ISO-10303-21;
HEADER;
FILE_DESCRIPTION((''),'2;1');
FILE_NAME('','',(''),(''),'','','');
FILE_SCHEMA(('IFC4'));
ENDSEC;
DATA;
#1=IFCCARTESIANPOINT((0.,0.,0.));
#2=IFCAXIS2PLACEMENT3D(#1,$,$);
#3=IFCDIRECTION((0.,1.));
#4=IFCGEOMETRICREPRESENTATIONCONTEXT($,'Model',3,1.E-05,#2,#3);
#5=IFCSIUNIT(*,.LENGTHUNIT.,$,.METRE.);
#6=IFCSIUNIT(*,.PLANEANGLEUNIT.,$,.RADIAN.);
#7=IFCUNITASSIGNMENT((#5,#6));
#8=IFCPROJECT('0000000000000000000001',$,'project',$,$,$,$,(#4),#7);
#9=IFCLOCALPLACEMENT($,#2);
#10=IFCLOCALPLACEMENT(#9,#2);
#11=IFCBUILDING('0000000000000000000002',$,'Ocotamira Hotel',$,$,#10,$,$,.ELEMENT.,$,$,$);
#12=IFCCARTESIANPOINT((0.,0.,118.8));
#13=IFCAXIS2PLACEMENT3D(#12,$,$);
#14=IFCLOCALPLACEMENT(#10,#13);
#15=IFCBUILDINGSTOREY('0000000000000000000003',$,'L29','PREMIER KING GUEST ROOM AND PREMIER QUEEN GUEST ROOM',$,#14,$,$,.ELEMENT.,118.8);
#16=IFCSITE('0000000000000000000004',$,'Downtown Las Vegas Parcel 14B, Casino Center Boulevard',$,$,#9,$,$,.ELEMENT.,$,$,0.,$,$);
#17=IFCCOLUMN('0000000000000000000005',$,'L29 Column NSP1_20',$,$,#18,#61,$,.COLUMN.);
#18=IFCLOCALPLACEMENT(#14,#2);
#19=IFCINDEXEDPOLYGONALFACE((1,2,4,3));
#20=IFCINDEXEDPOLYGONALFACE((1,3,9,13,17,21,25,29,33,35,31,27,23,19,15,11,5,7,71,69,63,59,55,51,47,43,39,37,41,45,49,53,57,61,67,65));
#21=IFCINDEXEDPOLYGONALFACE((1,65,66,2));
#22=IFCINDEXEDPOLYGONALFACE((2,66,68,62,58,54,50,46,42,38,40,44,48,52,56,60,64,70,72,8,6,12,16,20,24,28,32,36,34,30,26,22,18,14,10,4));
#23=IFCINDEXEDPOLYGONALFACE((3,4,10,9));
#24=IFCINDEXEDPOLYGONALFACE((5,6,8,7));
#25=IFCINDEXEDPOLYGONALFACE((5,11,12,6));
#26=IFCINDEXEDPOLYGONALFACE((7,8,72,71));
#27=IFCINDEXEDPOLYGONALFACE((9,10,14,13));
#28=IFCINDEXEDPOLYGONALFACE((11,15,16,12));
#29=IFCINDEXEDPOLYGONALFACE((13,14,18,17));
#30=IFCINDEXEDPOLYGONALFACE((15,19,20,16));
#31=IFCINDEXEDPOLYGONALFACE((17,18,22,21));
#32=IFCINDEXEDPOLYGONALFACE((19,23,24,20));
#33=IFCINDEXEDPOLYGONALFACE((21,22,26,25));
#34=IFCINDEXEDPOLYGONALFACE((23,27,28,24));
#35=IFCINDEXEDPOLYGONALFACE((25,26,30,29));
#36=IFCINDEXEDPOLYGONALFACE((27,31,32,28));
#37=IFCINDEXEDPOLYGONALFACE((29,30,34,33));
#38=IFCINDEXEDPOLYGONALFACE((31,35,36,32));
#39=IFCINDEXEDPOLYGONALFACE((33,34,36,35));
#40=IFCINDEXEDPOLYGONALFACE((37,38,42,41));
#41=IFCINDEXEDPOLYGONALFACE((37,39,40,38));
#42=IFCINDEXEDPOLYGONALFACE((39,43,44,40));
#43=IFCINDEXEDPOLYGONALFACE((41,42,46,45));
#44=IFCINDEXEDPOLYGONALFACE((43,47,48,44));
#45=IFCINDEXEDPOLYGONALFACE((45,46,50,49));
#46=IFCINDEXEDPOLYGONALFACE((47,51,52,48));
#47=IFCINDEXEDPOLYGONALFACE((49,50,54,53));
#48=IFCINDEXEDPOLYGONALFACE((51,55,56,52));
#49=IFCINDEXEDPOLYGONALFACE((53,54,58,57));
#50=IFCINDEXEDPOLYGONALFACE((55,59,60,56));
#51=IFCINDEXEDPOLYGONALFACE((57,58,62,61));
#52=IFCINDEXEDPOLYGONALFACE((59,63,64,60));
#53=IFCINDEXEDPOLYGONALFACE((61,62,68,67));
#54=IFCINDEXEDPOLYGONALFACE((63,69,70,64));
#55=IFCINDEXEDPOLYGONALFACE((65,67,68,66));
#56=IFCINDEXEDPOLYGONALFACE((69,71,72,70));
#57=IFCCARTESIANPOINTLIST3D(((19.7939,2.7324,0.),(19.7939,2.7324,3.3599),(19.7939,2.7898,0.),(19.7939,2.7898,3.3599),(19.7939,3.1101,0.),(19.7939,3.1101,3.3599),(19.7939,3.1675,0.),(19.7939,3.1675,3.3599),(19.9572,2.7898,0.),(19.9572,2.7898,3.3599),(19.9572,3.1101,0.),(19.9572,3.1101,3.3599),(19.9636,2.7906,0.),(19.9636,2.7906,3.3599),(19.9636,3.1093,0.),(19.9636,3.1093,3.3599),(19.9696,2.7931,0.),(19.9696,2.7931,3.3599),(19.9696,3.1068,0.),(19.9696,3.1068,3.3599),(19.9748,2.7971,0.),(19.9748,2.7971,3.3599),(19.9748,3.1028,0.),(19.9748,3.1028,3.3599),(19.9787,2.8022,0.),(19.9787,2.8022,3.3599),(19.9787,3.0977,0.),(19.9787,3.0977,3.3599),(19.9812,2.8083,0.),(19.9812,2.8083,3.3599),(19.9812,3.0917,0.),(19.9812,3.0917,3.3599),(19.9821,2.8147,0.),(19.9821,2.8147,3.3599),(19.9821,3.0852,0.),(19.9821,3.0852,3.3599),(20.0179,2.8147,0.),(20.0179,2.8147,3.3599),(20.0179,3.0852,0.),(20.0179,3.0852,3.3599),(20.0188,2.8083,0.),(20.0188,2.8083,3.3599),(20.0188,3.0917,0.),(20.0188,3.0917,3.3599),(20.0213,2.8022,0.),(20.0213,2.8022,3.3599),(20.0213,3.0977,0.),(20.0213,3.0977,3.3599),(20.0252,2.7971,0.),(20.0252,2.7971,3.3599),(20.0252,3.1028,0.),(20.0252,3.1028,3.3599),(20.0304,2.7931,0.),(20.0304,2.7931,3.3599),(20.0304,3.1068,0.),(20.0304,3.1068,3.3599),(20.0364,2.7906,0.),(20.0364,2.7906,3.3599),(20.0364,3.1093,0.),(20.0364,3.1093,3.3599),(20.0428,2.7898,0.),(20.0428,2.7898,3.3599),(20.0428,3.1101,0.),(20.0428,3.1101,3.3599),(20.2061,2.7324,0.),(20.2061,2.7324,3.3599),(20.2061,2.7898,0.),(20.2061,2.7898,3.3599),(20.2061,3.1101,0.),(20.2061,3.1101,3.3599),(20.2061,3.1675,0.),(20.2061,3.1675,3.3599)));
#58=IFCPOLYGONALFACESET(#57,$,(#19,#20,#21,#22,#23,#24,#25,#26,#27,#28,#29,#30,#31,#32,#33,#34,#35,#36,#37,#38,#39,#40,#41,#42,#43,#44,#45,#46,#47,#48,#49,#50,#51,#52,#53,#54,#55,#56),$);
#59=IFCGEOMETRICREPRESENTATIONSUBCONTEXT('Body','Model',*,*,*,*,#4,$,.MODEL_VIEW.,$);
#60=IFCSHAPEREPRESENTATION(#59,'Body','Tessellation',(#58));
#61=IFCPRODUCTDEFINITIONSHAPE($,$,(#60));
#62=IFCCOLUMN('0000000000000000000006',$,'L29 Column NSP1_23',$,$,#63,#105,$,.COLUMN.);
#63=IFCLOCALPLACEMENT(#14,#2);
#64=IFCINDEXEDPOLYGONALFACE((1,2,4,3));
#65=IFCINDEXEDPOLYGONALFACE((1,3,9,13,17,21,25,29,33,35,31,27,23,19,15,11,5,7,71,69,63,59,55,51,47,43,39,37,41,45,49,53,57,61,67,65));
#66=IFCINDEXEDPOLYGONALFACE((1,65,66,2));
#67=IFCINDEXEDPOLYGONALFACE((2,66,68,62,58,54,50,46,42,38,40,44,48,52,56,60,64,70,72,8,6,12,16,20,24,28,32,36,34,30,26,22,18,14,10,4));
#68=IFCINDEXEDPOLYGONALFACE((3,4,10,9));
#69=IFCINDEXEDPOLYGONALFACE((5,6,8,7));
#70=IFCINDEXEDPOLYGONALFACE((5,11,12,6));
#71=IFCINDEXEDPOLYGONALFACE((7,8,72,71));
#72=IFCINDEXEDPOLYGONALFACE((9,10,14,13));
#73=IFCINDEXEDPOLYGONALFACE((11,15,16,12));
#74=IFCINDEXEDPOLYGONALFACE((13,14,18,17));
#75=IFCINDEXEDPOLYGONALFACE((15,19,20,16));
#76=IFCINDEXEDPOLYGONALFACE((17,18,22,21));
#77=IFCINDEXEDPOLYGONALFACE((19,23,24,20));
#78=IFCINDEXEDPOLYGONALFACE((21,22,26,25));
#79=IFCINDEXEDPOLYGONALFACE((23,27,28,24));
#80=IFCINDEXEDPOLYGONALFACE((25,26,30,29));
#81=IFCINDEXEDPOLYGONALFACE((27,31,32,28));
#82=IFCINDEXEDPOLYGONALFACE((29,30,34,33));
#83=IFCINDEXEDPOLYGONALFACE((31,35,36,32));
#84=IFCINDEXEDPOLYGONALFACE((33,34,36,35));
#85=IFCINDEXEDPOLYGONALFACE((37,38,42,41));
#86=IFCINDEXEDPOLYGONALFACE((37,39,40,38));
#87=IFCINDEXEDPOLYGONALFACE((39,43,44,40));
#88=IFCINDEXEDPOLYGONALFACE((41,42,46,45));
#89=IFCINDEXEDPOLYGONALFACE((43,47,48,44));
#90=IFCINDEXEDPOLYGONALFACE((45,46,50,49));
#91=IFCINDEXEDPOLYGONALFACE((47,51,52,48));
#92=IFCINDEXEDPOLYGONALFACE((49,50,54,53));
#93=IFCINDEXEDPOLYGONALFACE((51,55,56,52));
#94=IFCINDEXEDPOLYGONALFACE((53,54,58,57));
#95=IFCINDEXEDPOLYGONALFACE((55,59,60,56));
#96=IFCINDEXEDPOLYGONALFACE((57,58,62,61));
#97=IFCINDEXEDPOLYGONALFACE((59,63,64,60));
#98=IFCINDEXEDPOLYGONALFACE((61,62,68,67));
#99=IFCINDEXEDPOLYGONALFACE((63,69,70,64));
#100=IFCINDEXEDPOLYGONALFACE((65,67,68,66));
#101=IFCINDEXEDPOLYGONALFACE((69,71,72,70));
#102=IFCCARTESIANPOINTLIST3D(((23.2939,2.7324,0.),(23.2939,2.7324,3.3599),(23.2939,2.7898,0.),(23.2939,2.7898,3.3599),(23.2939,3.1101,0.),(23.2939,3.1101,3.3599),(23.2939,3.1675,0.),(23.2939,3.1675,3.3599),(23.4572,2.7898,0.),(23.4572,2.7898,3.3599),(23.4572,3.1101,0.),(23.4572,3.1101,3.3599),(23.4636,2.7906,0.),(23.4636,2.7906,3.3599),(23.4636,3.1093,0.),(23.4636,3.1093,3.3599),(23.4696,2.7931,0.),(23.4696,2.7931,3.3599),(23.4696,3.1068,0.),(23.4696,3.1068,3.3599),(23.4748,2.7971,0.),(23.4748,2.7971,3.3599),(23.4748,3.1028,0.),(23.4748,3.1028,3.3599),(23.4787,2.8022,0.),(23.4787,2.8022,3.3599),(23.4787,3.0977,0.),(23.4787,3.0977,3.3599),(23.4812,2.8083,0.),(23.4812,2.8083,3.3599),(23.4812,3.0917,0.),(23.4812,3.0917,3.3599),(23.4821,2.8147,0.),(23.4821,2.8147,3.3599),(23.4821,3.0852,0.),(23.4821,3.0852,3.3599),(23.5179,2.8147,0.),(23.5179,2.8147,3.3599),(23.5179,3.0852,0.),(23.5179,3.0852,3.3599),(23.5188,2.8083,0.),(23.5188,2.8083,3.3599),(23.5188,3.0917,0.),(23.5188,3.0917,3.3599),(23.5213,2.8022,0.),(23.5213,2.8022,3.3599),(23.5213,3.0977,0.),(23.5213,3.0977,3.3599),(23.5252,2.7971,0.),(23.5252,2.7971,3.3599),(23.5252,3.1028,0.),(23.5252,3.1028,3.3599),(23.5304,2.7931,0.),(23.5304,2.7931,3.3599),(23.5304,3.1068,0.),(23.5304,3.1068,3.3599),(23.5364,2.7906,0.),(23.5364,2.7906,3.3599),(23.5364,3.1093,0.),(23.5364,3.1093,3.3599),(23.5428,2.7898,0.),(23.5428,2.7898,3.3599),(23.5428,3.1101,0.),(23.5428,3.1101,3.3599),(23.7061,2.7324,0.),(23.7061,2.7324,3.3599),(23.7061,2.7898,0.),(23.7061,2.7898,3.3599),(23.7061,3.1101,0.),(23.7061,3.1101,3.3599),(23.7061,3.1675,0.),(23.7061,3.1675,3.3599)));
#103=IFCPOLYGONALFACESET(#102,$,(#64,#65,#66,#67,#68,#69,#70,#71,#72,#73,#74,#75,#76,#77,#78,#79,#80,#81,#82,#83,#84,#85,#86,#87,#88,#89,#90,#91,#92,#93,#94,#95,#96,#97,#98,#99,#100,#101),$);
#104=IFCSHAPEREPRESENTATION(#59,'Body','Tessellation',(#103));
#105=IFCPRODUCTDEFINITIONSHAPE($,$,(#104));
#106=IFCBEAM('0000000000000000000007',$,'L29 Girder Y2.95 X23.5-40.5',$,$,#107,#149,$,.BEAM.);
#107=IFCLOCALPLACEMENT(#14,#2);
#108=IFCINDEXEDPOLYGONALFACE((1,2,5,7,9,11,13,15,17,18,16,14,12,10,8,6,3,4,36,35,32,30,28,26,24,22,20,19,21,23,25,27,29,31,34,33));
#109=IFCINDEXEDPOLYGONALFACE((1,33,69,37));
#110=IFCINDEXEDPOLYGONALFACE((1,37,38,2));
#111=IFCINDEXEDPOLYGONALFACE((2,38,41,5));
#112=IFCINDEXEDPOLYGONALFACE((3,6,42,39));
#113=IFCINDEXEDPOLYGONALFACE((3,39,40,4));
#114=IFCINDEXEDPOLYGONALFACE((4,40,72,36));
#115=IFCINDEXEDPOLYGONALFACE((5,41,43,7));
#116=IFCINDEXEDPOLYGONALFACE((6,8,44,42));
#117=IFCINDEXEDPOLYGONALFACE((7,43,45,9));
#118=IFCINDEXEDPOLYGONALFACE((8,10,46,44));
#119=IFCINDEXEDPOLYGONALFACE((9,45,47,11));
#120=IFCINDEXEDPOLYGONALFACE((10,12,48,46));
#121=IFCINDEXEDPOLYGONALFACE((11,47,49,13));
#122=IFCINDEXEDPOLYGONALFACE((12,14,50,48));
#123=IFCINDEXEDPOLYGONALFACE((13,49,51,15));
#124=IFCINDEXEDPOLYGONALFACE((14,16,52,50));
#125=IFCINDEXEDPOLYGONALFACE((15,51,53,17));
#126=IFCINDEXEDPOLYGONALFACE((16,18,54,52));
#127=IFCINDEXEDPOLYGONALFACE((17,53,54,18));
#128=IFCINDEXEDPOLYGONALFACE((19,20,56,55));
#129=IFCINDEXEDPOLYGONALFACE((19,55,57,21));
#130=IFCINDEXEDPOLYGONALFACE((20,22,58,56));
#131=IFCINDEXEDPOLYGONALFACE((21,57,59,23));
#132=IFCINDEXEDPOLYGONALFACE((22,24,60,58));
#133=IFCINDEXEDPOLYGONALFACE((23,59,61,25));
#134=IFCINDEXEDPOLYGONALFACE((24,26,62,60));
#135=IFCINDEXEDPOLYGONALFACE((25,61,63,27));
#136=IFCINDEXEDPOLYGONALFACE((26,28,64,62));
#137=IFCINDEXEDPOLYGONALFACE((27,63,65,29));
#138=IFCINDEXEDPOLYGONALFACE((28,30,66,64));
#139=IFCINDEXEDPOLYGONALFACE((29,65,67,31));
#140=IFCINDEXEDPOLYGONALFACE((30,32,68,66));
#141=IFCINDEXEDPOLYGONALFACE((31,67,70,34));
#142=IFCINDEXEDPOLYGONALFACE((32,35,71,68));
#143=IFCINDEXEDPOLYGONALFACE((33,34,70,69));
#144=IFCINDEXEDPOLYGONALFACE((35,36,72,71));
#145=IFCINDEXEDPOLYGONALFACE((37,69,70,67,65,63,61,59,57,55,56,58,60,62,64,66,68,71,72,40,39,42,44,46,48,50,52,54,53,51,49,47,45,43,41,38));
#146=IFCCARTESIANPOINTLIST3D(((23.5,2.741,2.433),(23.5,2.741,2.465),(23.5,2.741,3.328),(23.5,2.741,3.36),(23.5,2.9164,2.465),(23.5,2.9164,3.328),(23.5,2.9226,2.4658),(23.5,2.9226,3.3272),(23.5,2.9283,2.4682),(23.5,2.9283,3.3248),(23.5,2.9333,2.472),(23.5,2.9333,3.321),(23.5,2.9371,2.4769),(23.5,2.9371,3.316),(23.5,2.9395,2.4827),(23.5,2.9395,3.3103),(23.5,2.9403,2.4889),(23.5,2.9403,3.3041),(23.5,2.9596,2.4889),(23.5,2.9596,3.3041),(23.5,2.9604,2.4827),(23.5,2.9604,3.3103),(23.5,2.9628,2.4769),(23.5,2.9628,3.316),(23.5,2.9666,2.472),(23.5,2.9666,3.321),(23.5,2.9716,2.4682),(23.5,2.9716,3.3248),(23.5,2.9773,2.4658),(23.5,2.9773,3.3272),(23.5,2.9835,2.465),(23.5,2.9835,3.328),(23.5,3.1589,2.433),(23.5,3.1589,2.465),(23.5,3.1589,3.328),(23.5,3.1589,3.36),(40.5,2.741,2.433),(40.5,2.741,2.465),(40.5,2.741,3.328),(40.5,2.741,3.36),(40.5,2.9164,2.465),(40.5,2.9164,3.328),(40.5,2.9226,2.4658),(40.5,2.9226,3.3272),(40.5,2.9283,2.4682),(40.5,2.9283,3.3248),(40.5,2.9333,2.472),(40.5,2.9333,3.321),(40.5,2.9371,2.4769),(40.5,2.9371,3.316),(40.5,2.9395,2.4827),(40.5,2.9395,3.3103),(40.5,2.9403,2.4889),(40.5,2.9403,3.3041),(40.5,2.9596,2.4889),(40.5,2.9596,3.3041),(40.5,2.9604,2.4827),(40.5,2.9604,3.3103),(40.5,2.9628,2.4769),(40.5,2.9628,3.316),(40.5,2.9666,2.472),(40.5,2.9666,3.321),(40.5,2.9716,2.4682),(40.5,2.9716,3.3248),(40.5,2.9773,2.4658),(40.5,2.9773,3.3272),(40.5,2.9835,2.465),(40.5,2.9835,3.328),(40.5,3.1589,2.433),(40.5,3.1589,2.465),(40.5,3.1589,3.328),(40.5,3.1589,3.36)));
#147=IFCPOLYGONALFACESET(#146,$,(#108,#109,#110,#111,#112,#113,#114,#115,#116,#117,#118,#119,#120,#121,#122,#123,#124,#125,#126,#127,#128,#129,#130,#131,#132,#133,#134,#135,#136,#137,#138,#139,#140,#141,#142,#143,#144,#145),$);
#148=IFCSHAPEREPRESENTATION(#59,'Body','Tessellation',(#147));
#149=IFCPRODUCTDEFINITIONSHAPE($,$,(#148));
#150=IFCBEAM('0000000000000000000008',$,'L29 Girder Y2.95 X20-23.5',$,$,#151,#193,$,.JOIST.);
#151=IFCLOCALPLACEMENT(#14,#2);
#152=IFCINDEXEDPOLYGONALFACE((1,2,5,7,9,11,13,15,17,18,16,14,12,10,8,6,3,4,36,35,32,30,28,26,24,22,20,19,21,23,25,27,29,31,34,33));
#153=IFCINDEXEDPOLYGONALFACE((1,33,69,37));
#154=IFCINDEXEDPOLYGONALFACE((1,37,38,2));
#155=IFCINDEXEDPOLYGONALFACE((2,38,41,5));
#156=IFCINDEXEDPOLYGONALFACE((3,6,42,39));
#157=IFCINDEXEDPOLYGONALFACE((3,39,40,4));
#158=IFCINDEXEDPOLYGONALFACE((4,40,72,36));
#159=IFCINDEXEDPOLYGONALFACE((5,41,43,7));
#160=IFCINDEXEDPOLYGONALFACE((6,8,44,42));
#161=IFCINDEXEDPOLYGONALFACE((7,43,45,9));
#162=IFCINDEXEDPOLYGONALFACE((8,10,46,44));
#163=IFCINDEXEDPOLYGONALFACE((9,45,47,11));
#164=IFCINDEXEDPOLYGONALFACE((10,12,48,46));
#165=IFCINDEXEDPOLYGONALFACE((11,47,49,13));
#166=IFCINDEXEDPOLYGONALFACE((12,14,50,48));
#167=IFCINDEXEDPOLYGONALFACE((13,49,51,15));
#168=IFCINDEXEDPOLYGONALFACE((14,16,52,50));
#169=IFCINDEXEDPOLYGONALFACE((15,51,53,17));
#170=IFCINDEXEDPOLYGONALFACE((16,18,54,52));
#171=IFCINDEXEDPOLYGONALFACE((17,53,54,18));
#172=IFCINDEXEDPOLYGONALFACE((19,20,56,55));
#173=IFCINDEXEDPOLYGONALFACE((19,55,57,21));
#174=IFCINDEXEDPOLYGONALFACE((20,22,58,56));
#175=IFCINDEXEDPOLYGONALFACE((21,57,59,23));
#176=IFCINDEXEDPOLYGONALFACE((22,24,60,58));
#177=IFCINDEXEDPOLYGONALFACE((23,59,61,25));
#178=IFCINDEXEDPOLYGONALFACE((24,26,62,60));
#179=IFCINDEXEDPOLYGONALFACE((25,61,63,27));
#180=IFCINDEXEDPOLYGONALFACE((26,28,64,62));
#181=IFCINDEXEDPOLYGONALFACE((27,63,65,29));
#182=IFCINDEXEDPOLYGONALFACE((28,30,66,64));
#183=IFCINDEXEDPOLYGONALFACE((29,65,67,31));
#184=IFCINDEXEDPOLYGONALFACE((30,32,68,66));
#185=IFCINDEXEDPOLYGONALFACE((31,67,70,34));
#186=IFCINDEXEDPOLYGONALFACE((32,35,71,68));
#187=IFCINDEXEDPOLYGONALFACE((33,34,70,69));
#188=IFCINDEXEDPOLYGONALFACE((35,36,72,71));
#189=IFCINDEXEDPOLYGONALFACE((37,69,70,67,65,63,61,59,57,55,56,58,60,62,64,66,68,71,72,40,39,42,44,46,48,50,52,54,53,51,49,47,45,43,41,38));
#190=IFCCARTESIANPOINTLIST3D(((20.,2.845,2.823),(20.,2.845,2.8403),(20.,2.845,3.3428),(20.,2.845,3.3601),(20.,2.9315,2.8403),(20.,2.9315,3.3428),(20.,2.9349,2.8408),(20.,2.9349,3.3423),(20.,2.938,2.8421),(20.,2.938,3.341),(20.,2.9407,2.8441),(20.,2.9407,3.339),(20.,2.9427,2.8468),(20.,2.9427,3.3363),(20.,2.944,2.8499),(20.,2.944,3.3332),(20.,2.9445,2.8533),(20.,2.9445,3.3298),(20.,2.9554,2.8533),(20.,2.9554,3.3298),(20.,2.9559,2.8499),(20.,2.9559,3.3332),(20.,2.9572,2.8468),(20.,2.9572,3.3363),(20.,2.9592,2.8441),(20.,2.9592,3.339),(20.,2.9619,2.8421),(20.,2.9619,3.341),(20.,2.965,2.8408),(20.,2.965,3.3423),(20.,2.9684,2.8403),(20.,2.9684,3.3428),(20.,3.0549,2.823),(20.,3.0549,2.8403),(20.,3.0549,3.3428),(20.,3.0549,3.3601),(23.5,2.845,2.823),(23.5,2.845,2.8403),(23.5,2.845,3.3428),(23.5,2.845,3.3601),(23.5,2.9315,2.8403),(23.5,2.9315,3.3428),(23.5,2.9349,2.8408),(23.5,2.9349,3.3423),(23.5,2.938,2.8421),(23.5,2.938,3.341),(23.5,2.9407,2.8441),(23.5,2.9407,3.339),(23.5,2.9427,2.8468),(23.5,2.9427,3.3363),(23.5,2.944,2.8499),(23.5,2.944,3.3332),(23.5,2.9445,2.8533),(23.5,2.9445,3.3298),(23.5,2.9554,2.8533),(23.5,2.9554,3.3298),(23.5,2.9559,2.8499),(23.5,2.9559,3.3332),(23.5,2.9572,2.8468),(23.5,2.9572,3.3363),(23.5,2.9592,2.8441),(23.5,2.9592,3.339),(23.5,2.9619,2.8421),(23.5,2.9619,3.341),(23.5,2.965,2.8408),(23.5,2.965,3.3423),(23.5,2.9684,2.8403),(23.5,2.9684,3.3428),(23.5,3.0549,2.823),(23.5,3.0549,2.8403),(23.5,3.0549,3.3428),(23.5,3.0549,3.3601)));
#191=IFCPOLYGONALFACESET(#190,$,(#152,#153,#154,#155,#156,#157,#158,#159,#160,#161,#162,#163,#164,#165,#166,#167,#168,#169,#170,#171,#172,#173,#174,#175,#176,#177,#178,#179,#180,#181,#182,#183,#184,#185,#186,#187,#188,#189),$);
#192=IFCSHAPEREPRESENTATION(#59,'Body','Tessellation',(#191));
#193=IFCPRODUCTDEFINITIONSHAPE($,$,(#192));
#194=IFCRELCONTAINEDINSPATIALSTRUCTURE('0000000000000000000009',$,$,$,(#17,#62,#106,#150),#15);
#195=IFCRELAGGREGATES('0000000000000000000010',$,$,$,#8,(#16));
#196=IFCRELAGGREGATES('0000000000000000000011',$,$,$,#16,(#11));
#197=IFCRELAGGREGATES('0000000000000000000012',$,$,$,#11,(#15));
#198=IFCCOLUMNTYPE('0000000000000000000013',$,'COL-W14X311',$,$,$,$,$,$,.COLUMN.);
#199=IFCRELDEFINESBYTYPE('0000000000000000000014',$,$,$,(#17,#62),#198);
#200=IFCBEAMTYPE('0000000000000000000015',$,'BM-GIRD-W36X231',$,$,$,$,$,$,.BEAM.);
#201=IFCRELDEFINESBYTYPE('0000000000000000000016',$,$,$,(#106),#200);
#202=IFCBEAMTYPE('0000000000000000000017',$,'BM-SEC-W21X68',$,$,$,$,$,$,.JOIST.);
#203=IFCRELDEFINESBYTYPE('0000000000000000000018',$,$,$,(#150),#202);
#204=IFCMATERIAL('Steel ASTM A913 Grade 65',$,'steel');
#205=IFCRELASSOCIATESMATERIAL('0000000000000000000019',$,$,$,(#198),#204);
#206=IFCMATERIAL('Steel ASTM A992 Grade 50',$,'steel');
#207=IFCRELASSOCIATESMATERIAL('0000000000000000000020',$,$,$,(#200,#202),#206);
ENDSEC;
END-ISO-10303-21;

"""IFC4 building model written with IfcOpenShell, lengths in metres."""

from ifc_helpers import new_model, si_unit, direction, frame, origin, origin_2d, place, context, subcontext, project, spatial, i_section, extrude, source, transform, mapped, material, material_profile, profile_set, type_object, element, save


model = new_model("IFC4")

# Units and contexts
model_context = context("Model", 3, precision=1e-05, world=origin(), true_north=direction((0.0, 1.0)))
body_context = subcontext(model_context, "Body", "Model", "MODEL_VIEW")
ifc_project = project(units=[si_unit("LENGTHUNIT", "METRE"), si_unit("PLANEANGLEUNIT", "RADIAN")], contexts=[model_context])

# Site, building, storey
site_placement = place(None, origin())
site = spatial("IfcSite", under=ifc_project, at=site_placement, Name="Downtown Las Vegas Parcel 14B, Casino Center Boulevard", CompositionType="ELEMENT", RefElevation=0.0)
building_placement = place(site_placement, origin())
building = spatial("IfcBuilding", under=site, at=building_placement, Name="Ocotamira Hotel", CompositionType="ELEMENT")
storey_placement = place(building_placement, frame((0.0, 0.0, 118.8)))
storey = spatial("IfcBuildingStorey", under=building, at=storey_placement, Name="L29", Description="PREMIER KING GUEST ROOM AND PREMIER QUEEN GUEST ROOM", CompositionType="ELEMENT", Elevation=118.8)

# Columns
ifc_material_1 = material(Name="Steel ASTM A913 Grade 65", Category="steel")
ifc_material_profile_1 = material_profile(ifc_material_1, i_section(OverallWidth=0.4121, OverallDepth=0.4351, WebThickness=0.0359, FlangeThickness=0.0574, FilletRadius=0.0249, at=origin_2d()), Name="W14X311")
ifc_profile_set_1 = profile_set([ifc_material_profile_1], Name="Steel ASTM A913 Grade 65")
column_type = type_object("IfcColumnType", Name="COL-W14X311", PredefinedType="COLUMN", material=ifc_profile_set_1)
shared_shape_1 = source(origin(), body_context, "Body", "SweptSolid", [
    extrude(i_section(OverallWidth=0.4121, OverallDepth=0.4351, WebThickness=0.0359, FlangeThickness=0.0574, FilletRadius=0.0249, at=origin_2d()), origin(), (0.0, 0.0, 1.0), 3.3599),
])
for number, where, z_axis, x_axis, name in (
    (1, (20.0, 2.95, 0.0), (0.0, 0.0, 1.0), (1.0, 0.0, 0.0), "L29 Column NSP1_20"),
    (2, (23.5, 2.95, 0.0), (0.0, 0.0, 1.0), (1.0, 0.0, 0.0), "L29 Column NSP1_23"),
):
    element("IfcColumn", number, at=place(storey_placement, frame(where, z_axis=z_axis, x_axis=x_axis)), inside=storey, type_object=column_type, Name=name, PredefinedType="COLUMN", context=body_context, shape_type="MappedRepresentation", body=[
        mapped(shared_shape_1, transform((0.0, 0.0, 0.0), scale=1.0)),
    ])

# Beams
ifc_material_2 = material(Name="Steel ASTM A992 Grade 50", Category="steel")
ifc_material_profile_2 = material_profile(ifc_material_2, i_section(OverallWidth=0.418, OverallDepth=0.927, WebThickness=0.0193, FlangeThickness=0.032, FilletRadius=0.0239, at=origin_2d()), Name="W36X231")
ifc_profile_set_2 = profile_set([ifc_material_profile_2], Name="Steel ASTM A992 Grade 50")
beam_type_1 = type_object("IfcBeamType", Name="BM-GIRD-W36X231", PredefinedType="BEAM", material=ifc_profile_set_2)
shared_shape_2 = source(origin(), body_context, "Body", "SweptSolid", [
    extrude(i_section(OverallWidth=0.418, OverallDepth=0.927, WebThickness=0.0193, FlangeThickness=0.032, FilletRadius=0.0239, at=origin_2d()), origin(), (0.0, 0.0, 1.0), 17.0),
])
beam_1_placement = place(storey_placement, frame((23.5, 2.95, 2.8965), z_axis=(1.0, 0.0, 0.0), x_axis=(0.0, 1.0, 0.0)))
element("IfcBeam", 3, at=beam_1_placement, inside=storey, type_object=beam_type_1, Name="L29 Girder Y2.95 X23.5-40.5", PredefinedType="BEAM", context=body_context, shape_type="MappedRepresentation", body=[
    mapped(shared_shape_2, transform((0.0, 0.0, 0.0), scale=1.0)),
])
ifc_material_profile_3 = material_profile(ifc_material_2, i_section(OverallWidth=0.21, OverallDepth=0.5371, WebThickness=0.011, FlangeThickness=0.0173, FilletRadius=0.0129, at=origin_2d()), Name="W21X68")
ifc_profile_set_3 = profile_set([ifc_material_profile_3], Name="Steel ASTM A992 Grade 50")
beam_type_2 = type_object("IfcBeamType", Name="BM-SEC-W21X68", PredefinedType="JOIST", material=ifc_profile_set_3)
shared_shape_3 = source(origin(), body_context, "Body", "SweptSolid", [
    extrude(i_section(OverallWidth=0.21, OverallDepth=0.5371, WebThickness=0.011, FlangeThickness=0.0173, FilletRadius=0.0129, at=origin_2d()), origin(), (0.0, 0.0, 1.0), 3.5),
])
beam_2_placement = place(storey_placement, frame((20.0, 2.95, 3.0916), z_axis=(1.0, 0.0, 0.0), x_axis=(0.0, 1.0, 0.0)))
element("IfcBeam", 4, at=beam_2_placement, inside=storey, type_object=beam_type_2, Name="L29 Girder Y2.95 X20-23.5", PredefinedType="JOIST", context=body_context, shape_type="MappedRepresentation", body=[
    mapped(shared_shape_3, transform((0.0, 0.0, 0.0), scale=1.0)),
])

save(model, "model.ifc")
